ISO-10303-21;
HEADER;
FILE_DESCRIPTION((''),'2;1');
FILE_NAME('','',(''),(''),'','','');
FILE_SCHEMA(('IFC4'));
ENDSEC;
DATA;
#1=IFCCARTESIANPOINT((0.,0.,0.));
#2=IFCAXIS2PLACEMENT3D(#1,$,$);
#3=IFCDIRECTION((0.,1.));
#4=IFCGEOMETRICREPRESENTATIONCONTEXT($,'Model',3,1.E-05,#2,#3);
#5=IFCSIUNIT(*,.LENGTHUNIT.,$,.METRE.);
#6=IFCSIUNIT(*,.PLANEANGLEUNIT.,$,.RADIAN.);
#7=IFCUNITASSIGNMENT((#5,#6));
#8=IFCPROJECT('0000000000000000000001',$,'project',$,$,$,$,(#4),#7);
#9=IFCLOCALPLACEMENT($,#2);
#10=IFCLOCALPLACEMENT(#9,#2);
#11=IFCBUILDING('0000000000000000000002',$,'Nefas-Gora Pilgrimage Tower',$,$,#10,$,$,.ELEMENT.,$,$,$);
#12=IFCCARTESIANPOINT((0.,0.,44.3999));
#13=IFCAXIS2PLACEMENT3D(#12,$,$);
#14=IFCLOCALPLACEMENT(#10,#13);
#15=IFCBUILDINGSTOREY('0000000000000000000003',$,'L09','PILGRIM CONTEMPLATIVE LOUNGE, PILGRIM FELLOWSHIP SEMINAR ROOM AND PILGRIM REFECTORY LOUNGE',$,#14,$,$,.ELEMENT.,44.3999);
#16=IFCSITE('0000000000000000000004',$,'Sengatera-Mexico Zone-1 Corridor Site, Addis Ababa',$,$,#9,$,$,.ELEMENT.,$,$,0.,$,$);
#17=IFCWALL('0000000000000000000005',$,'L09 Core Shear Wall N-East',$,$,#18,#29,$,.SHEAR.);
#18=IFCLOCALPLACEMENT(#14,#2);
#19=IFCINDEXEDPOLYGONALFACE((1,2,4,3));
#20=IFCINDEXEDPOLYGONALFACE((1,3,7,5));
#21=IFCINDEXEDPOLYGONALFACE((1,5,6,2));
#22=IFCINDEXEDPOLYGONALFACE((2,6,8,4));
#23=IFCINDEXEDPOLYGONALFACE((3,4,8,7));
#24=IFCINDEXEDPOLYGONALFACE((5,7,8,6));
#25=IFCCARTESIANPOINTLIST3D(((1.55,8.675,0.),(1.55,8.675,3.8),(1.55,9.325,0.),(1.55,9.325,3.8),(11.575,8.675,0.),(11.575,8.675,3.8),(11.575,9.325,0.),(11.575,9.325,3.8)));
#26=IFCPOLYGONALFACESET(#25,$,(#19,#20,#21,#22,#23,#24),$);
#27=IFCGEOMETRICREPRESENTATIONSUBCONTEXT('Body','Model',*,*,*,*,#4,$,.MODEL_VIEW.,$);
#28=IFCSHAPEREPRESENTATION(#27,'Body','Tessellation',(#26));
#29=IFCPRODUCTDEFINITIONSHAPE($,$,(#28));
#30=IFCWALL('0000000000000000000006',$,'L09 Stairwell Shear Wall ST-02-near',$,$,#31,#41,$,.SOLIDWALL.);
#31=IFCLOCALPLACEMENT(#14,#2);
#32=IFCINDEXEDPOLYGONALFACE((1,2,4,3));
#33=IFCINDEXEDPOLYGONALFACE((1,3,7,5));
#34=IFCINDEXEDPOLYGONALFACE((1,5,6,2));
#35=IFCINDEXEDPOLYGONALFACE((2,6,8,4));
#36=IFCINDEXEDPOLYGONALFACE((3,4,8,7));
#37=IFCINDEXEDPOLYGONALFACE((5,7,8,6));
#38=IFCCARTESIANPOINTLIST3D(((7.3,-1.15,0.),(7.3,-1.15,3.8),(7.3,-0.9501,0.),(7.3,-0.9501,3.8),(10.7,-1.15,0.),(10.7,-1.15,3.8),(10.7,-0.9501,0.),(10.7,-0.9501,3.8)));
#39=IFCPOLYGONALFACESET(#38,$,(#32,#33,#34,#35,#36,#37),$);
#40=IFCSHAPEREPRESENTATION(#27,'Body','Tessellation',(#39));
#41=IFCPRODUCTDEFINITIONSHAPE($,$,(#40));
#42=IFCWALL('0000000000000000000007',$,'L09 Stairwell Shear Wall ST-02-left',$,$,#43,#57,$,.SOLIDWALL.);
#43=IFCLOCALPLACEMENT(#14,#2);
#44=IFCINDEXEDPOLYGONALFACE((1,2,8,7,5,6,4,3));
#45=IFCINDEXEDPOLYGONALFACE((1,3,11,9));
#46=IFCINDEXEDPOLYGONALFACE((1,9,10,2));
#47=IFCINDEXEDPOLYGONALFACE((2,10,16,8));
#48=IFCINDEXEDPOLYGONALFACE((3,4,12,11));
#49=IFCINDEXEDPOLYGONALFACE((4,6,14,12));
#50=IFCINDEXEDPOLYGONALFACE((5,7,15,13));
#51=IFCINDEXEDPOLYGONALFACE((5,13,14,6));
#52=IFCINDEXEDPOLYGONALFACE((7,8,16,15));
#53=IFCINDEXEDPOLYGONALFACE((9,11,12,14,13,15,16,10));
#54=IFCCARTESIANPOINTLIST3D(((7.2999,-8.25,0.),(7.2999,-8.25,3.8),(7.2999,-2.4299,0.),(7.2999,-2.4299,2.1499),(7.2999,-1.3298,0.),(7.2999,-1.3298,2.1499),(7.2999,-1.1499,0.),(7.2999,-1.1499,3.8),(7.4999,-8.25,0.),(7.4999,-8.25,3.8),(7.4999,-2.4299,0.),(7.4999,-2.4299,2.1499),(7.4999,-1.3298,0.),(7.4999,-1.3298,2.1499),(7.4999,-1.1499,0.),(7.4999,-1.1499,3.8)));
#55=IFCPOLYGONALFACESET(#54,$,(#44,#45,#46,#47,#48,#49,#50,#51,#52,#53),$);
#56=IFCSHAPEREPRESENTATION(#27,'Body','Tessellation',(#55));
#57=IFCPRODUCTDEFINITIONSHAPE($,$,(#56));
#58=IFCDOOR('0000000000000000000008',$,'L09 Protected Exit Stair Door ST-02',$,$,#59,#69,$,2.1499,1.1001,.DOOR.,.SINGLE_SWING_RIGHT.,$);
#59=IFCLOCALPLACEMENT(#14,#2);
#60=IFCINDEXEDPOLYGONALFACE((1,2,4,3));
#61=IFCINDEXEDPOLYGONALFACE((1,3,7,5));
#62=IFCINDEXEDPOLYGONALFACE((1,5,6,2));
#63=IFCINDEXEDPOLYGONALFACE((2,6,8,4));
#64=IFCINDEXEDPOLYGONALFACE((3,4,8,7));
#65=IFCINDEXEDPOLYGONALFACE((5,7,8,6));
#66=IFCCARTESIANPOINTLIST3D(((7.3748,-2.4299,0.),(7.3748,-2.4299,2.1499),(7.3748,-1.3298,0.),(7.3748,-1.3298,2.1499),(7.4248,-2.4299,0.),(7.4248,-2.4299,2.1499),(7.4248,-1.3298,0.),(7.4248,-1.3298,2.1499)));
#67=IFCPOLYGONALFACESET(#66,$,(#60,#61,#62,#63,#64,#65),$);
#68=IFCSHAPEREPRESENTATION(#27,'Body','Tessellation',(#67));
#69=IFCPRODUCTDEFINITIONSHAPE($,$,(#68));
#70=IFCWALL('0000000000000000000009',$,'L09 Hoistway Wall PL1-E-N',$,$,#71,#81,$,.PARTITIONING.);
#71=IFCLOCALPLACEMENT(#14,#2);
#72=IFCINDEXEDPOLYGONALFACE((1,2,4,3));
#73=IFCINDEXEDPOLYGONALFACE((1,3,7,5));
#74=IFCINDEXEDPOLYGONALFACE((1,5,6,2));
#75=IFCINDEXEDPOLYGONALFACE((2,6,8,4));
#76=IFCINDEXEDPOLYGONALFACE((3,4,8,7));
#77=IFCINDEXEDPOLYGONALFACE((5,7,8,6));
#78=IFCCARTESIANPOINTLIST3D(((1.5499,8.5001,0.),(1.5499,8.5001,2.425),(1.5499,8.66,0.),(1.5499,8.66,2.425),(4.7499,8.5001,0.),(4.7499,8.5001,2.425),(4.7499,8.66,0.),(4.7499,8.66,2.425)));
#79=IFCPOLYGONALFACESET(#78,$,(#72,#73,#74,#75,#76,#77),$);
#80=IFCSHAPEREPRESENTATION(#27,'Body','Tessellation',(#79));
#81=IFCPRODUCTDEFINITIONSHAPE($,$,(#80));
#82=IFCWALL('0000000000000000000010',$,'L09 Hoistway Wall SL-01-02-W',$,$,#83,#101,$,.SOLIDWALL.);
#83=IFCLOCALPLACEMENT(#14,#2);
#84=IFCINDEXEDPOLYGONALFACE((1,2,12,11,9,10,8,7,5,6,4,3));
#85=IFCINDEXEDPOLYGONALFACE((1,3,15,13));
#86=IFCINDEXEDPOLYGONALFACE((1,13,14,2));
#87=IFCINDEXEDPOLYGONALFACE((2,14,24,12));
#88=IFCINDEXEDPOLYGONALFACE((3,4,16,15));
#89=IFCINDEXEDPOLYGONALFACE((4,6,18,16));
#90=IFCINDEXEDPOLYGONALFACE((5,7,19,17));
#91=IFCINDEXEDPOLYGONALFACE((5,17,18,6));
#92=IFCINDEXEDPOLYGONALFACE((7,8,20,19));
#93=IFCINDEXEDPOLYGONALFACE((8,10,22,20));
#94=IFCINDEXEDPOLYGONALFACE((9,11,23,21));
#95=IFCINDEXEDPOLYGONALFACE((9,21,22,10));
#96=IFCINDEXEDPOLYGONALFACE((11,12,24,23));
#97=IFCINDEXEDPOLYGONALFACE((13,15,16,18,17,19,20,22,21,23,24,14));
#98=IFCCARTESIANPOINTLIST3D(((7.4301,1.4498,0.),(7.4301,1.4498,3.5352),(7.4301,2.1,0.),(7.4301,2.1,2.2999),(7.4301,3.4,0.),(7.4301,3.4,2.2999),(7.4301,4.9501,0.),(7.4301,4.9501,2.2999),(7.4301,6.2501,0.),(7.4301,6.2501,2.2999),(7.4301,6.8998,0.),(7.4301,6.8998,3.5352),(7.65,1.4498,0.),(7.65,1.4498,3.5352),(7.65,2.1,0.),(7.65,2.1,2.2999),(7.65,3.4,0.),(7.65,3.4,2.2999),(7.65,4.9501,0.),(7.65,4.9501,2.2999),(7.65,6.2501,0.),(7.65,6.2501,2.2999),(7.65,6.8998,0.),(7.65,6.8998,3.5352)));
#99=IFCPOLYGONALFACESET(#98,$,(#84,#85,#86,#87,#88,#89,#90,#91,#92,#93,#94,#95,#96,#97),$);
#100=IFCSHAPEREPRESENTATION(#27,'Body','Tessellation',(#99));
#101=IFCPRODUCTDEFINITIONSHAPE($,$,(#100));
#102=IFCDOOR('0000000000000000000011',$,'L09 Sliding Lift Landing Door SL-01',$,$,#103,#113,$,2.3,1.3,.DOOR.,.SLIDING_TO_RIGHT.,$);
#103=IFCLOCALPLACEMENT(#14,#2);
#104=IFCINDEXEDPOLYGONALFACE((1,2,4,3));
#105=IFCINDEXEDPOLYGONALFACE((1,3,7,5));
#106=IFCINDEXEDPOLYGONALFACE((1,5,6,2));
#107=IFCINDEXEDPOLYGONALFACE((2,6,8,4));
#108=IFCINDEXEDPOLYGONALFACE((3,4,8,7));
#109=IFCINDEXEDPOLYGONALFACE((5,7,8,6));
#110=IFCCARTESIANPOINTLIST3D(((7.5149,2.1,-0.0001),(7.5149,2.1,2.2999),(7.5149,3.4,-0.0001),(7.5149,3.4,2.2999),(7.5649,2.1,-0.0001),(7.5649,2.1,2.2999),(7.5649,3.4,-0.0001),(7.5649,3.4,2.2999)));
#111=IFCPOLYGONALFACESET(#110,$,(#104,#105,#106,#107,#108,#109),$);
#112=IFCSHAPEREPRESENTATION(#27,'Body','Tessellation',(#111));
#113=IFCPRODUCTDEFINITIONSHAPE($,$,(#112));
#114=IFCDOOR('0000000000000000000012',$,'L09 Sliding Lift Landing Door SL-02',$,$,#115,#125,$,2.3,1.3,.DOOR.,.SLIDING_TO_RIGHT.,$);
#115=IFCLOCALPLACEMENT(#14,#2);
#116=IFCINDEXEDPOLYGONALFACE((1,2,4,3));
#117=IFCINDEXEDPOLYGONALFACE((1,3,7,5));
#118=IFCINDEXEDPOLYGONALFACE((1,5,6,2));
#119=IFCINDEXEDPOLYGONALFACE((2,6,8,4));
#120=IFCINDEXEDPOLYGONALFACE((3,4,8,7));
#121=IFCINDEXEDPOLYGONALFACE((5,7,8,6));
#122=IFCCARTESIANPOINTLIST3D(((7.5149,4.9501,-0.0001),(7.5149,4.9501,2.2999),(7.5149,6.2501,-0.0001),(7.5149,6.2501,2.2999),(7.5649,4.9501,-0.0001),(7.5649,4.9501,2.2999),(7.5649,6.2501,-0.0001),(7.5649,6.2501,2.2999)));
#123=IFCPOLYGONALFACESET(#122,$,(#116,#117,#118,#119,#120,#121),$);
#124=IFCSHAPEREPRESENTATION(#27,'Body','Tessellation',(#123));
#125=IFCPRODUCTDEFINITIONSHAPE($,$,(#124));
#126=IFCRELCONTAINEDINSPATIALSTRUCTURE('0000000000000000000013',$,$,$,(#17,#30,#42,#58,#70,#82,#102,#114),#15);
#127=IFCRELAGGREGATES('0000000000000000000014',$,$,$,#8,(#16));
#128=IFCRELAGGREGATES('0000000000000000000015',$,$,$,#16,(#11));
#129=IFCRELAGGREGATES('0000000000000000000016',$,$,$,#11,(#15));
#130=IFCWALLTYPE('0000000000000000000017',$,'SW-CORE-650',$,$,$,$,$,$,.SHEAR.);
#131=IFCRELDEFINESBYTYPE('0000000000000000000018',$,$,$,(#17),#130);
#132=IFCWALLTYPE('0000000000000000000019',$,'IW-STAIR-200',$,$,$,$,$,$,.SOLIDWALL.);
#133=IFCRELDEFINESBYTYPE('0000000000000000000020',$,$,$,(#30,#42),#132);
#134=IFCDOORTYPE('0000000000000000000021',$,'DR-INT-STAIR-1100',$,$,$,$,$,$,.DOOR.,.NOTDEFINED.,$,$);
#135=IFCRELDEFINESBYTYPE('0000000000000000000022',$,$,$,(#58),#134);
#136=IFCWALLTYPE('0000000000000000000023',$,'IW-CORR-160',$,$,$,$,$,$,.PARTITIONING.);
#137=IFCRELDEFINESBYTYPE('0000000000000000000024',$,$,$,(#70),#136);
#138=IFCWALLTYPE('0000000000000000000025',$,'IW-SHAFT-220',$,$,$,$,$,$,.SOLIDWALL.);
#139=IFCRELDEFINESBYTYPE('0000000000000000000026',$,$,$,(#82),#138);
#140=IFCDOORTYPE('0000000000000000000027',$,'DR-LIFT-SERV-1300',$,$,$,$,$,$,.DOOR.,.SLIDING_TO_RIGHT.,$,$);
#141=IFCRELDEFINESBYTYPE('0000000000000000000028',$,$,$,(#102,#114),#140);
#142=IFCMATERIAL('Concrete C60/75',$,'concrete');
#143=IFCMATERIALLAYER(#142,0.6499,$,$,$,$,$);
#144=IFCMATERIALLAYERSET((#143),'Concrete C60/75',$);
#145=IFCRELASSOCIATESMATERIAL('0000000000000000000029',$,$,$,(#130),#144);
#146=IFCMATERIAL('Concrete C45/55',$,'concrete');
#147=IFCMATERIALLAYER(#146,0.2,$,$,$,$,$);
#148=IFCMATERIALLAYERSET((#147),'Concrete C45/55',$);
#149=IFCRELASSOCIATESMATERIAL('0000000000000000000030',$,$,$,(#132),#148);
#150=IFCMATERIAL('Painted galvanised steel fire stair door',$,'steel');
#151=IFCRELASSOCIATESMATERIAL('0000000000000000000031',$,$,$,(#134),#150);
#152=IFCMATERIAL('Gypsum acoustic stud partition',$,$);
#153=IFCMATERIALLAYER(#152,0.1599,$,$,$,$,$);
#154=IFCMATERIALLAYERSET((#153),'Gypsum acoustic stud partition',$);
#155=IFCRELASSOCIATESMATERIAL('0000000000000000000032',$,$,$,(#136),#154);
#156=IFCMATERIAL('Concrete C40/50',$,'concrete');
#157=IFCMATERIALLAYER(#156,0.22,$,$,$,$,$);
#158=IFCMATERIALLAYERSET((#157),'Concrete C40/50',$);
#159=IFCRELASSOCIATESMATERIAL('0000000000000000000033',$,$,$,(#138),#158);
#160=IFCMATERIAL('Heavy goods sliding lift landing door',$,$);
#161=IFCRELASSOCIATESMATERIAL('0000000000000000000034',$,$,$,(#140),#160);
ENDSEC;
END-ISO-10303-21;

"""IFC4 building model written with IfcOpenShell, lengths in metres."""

from ifc_helpers import new_model, si_unit, direction, frame, frame_2d, origin, place, context, subcontext, project, spatial, rectangle, extrude, source, transform, mapped, material, layer, layer_set, type_object, element, fill, save


model = new_model("IFC4")

# Units and contexts
model_context = context("Model", 3, precision=1e-05, world=origin(), true_north=direction((0.0, 1.0)))
body_context = subcontext(model_context, "Body", "Model", "MODEL_VIEW")
ifc_project = project(units=[si_unit("LENGTHUNIT", "METRE"), si_unit("PLANEANGLEUNIT", "RADIAN")], contexts=[model_context])

# Site, building, storey
site_placement = place(None, origin())
site = spatial("IfcSite", under=ifc_project, at=site_placement, Name="Sengatera-Mexico Zone-1 Corridor Site, Addis Ababa", CompositionType="ELEMENT", RefElevation=0.0)
building_placement = place(site_placement, origin())
building = spatial("IfcBuilding", under=site, at=building_placement, Name="Nefas-Gora Pilgrimage Tower", CompositionType="ELEMENT")
storey_placement = place(building_placement, frame((0.0, 0.0, 44.3999)))
storey = spatial("IfcBuildingStorey", under=building, at=storey_placement, Name="L09", Description="PILGRIM CONTEMPLATIVE LOUNGE, PILGRIM FELLOWSHIP SEMINAR ROOM AND PILGRIM REFECTORY LOUNGE", CompositionType="ELEMENT", Elevation=44.3999)

# Walls
ifc_material_1 = material(Name="Concrete C60/75", Category="concrete")
ifc_layer_1 = layer(ifc_material_1, 0.6499)
ifc_layer_set_1 = layer_set([ifc_layer_1], Name="Concrete C60/75")
wall_type_1 = type_object("IfcWallType", Name="SW-CORE-650", PredefinedType="SHEAR", material=ifc_layer_set_1)
shared_shape_1 = source(origin(), body_context, "Body", "SweptSolid", [
    extrude(rectangle(XDim=10.0249, YDim=0.6499, at=frame_2d((5.0125, 0.0))), origin(), (0.0, 0.0, 1.0), 3.8),
])
wall_1_placement = place(storey_placement, frame((1.55, 9.0, 0.0), z_axis=(0.0, 0.0, 1.0), x_axis=(1.0, 0.0, 0.0)))
element("IfcWall", 1, at=wall_1_placement, inside=storey, type_object=wall_type_1, Name="L09 Core Shear Wall N-East", PredefinedType="SHEAR", context=body_context, shape_type="MappedRepresentation", body=[
    mapped(shared_shape_1, transform((0.0, 0.0, 0.0), x_axis=(1.0, 0.0, 0.0), y_axis=(0.0, 1.0, 0.0), z_axis=(0.0, 0.0, 1.0), scale=1.0)),
])
ifc_material_2 = material(Name="Concrete C45/55", Category="concrete")
ifc_layer_2 = layer(ifc_material_2, 0.2)
ifc_layer_set_2 = layer_set([ifc_layer_2], Name="Concrete C45/55")
wall_type_2 = type_object("IfcWallType", Name="IW-STAIR-200", PredefinedType="SOLIDWALL", material=ifc_layer_set_2)
shared_shape_2 = source(origin(), body_context, "Body", "SweptSolid", [
    extrude(rectangle(XDim=3.3999, YDim=0.2, at=frame_2d((1.7, 0.0))), origin(), (0.0, 0.0, 1.0), 3.8),
])
wall_2_placement = place(storey_placement, frame((7.3, -1.05, 0.0), z_axis=(0.0, 0.0, 1.0), x_axis=(1.0, 0.0, 0.0)))
element("IfcWall", 2, at=wall_2_placement, inside=storey, type_object=wall_type_2, Name="L09 Stairwell Shear Wall ST-02-near", PredefinedType="SOLIDWALL", context=body_context, shape_type="MappedRepresentation", body=[
    mapped(shared_shape_2, transform((0.0, 0.0, 0.0), x_axis=(1.0, 0.0, 0.0), y_axis=(0.0, 1.0, 0.0), z_axis=(0.0, 0.0, 1.0), scale=1.0)),
])

# Wall, opening, door
shared_shape_3 = source(origin(), body_context, "Body", "SweptSolid", [
    extrude(rectangle(XDim=7.1001, YDim=0.2, at=frame_2d((3.55, 0.0))), origin(), (0.0, 0.0, 1.0), 3.8),
])
wall_3_placement = place(storey_placement, frame((7.3999, -1.1499, 0.0), z_axis=(0.0, 0.0, 1.0), x_axis=(0.0, -1.0, 0.0)))
wall_3 = element("IfcWall", 3, at=wall_3_placement, inside=storey, type_object=wall_type_2, Name="L09 Stairwell Shear Wall ST-02-left", PredefinedType="SOLIDWALL", context=body_context, shape_type="MappedRepresentation", body=[
    mapped(shared_shape_3, transform((0.0, 0.0, 0.0), x_axis=(1.0, 0.0, 0.0), y_axis=(0.0, 1.0, 0.0), z_axis=(0.0, 0.0, 1.0), scale=1.0)),
])
opening_1_placement = place(wall_3_placement, frame((0.1799, 0.0, 0.0)))
opening_1 = element("IfcOpeningElement", 4, at=opening_1_placement, cuts=wall_3, PredefinedType="OPENING", context=body_context, shape_type="SweptSolid", body=[
    extrude(rectangle(XDim=1.1001, YDim=2.1499, at=frame_2d((0.55, 1.075))), frame((0.0, 0.1099, 0.0), z_axis=(0.0, -1.0, 0.0), x_axis=(1.0, 0.0, 0.0)), (0.0, 0.0, 1.0), 0.22),
])
ifc_material_3 = material(Name="Painted galvanised steel fire stair door", Category="steel")
door_type_1 = type_object("IfcDoorType", Name="DR-INT-STAIR-1100", OperationType="NOTDEFINED", PredefinedType="DOOR", material=ifc_material_3)
shared_shape_4 = source(origin(), body_context, "Body", "SweptSolid", [
    extrude(rectangle(XDim=1.1001, YDim=2.1499, at=frame_2d((0.55, 1.075))), frame((0.0, 0.0249, 0.0), z_axis=(0.0, -1.0, 0.0), x_axis=(1.0, 0.0, 0.0)), (0.0, 0.0, 1.0), 0.05),
])
door_1_placement = place(opening_1_placement, origin())
door_1 = element("IfcDoor", 5, at=door_1_placement, inside=storey, type_object=door_type_1, Name="L09 Protected Exit Stair Door ST-02", OperationType="SINGLE_SWING_RIGHT", OverallHeight=2.1499, OverallWidth=1.1001, PredefinedType="DOOR", context=body_context, shape_type="MappedRepresentation", body=[
    mapped(shared_shape_4, transform((0.0, 0.0, 0.0), x_axis=(1.0, 0.0, 0.0), y_axis=(0.0, 1.0, 0.0), z_axis=(0.0, 0.0, 1.0), scale=1.0)),
])
fill(opening_1, door_1)

# Wall
ifc_material_4 = material(Name="Gypsum acoustic stud partition")
ifc_layer_3 = layer(ifc_material_4, 0.1599)
ifc_layer_set_3 = layer_set([ifc_layer_3], Name="Gypsum acoustic stud partition")
wall_type_3 = type_object("IfcWallType", Name="IW-CORR-160", PredefinedType="PARTITIONING", material=ifc_layer_set_3)
shared_shape_5 = source(origin(), body_context, "Body", "SweptSolid", [
    extrude(rectangle(XDim=3.2, YDim=0.1599, at=frame_2d((1.6001, 0.0))), origin(), (0.0, 0.0, 1.0), 2.425),
])
wall_4_placement = place(storey_placement, frame((4.75, 8.5801, 0.0), z_axis=(0.0, 0.0, 1.0), x_axis=(-1.0, 0.0, 0.0)))
element("IfcWall", 6, at=wall_4_placement, inside=storey, type_object=wall_type_3, Name="L09 Hoistway Wall PL1-E-N", PredefinedType="PARTITIONING", context=body_context, shape_type="MappedRepresentation", body=[
    mapped(shared_shape_5, transform((0.0, 0.0, 0.0), x_axis=(1.0, 0.0, 0.0), y_axis=(0.0, 1.0, 0.0), z_axis=(0.0, 0.0, 1.0), scale=1.0)),
])

# Wall, openings, doors
ifc_material_5 = material(Name="Concrete C40/50", Category="concrete")
ifc_layer_4 = layer(ifc_material_5, 0.22)
ifc_layer_set_4 = layer_set([ifc_layer_4], Name="Concrete C40/50")
wall_type_4 = type_object("IfcWallType", Name="IW-SHAFT-220", PredefinedType="SOLIDWALL", material=ifc_layer_set_4)
shared_shape_6 = source(origin(), body_context, "Body", "SweptSolid", [
    extrude(rectangle(XDim=5.45, YDim=0.22, at=frame_2d((2.7251, 0.0))), origin(), (0.0, 0.0, 1.0), 3.5352),
])
wall_5_placement = place(storey_placement, frame((7.54, 6.8999, 0.0), z_axis=(0.0, 0.0, 1.0), x_axis=(0.0, -1.0, 0.0)))
wall_5 = element("IfcWall", 7, at=wall_5_placement, inside=storey, type_object=wall_type_4, Name="L09 Hoistway Wall SL-01-02-W", PredefinedType="SOLIDWALL", context=body_context, shape_type="MappedRepresentation", body=[
    mapped(shared_shape_6, transform((0.0, 0.0, 0.0), x_axis=(1.0, 0.0, 0.0), y_axis=(0.0, 1.0, 0.0), z_axis=(0.0, 0.0, 1.0), scale=1.0)),
])
opening_2_placement = place(wall_5_placement, frame((3.5, 0.0, 0.0)))
opening_2 = element("IfcOpeningElement", 8, at=opening_2_placement, cuts=wall_5, PredefinedType="OPENING", context=body_context, shape_type="SweptSolid", body=[
    extrude(rectangle(XDim=1.3, YDim=2.3, at=frame_2d((0.6499, 1.1499))), frame((0.0, 0.1199, 0.0), z_axis=(0.0, -1.0, 0.0), x_axis=(1.0, 0.0, 0.0)), (0.0, 0.0, 1.0), 0.24),
])
opening_3_placement = place(wall_5_placement, frame((0.6499, 0.0, 0.0)))
opening_3 = element("IfcOpeningElement", 9, at=opening_3_placement, cuts=wall_5, PredefinedType="OPENING", context=body_context, shape_type="SweptSolid", body=[
    extrude(rectangle(XDim=1.3, YDim=2.3, at=frame_2d((0.6499, 1.1499))), frame((0.0, 0.1199, 0.0), z_axis=(0.0, -1.0, 0.0), x_axis=(1.0, 0.0, 0.0)), (0.0, 0.0, 1.0), 0.24),
])
ifc_material_6 = material(Name="Heavy goods sliding lift landing door")
door_type_2 = type_object("IfcDoorType", Name="DR-LIFT-SERV-1300", OperationType="SLIDING_TO_RIGHT", PredefinedType="DOOR", material=ifc_material_6)
shared_shape_7 = source(origin(), body_context, "Body", "SweptSolid", [
    extrude(rectangle(XDim=1.3, YDim=2.3, at=frame_2d((0.6499, 1.1499))), frame((0.0, 0.0249, 0.0), z_axis=(0.0, -1.0, 0.0), x_axis=(1.0, 0.0, 0.0)), (0.0, 0.0, 1.0), 0.05),
])
door_2_placement = place(opening_2_placement, origin())
door_2 = element("IfcDoor", 10, at=door_2_placement, inside=storey, type_object=door_type_2, Name="L09 Sliding Lift Landing Door SL-01", OperationType="SLIDING_TO_RIGHT", OverallHeight=2.3, OverallWidth=1.3, PredefinedType="DOOR", context=body_context, shape_type="MappedRepresentation", body=[
    mapped(shared_shape_7, transform((0.0, 0.0, 0.0), x_axis=(1.0, 0.0, 0.0), y_axis=(0.0, 1.0, 0.0), z_axis=(0.0, 0.0, 1.0), scale=1.0)),
])
fill(opening_2, door_2)
door_3_placement = place(opening_3_placement, origin())
door_3 = element("IfcDoor", 11, at=door_3_placement, inside=storey, type_object=door_type_2, Name="L09 Sliding Lift Landing Door SL-02", OperationType="SLIDING_TO_RIGHT", OverallHeight=2.3, OverallWidth=1.3, PredefinedType="DOOR", context=body_context, shape_type="MappedRepresentation", body=[
    mapped(shared_shape_7, transform((0.0, 0.0, 0.0), x_axis=(1.0, 0.0, 0.0), y_axis=(0.0, 1.0, 0.0), z_axis=(0.0, 0.0, 1.0), scale=1.0)),
])
fill(opening_3, door_3)

save(model, "model.ifc")
